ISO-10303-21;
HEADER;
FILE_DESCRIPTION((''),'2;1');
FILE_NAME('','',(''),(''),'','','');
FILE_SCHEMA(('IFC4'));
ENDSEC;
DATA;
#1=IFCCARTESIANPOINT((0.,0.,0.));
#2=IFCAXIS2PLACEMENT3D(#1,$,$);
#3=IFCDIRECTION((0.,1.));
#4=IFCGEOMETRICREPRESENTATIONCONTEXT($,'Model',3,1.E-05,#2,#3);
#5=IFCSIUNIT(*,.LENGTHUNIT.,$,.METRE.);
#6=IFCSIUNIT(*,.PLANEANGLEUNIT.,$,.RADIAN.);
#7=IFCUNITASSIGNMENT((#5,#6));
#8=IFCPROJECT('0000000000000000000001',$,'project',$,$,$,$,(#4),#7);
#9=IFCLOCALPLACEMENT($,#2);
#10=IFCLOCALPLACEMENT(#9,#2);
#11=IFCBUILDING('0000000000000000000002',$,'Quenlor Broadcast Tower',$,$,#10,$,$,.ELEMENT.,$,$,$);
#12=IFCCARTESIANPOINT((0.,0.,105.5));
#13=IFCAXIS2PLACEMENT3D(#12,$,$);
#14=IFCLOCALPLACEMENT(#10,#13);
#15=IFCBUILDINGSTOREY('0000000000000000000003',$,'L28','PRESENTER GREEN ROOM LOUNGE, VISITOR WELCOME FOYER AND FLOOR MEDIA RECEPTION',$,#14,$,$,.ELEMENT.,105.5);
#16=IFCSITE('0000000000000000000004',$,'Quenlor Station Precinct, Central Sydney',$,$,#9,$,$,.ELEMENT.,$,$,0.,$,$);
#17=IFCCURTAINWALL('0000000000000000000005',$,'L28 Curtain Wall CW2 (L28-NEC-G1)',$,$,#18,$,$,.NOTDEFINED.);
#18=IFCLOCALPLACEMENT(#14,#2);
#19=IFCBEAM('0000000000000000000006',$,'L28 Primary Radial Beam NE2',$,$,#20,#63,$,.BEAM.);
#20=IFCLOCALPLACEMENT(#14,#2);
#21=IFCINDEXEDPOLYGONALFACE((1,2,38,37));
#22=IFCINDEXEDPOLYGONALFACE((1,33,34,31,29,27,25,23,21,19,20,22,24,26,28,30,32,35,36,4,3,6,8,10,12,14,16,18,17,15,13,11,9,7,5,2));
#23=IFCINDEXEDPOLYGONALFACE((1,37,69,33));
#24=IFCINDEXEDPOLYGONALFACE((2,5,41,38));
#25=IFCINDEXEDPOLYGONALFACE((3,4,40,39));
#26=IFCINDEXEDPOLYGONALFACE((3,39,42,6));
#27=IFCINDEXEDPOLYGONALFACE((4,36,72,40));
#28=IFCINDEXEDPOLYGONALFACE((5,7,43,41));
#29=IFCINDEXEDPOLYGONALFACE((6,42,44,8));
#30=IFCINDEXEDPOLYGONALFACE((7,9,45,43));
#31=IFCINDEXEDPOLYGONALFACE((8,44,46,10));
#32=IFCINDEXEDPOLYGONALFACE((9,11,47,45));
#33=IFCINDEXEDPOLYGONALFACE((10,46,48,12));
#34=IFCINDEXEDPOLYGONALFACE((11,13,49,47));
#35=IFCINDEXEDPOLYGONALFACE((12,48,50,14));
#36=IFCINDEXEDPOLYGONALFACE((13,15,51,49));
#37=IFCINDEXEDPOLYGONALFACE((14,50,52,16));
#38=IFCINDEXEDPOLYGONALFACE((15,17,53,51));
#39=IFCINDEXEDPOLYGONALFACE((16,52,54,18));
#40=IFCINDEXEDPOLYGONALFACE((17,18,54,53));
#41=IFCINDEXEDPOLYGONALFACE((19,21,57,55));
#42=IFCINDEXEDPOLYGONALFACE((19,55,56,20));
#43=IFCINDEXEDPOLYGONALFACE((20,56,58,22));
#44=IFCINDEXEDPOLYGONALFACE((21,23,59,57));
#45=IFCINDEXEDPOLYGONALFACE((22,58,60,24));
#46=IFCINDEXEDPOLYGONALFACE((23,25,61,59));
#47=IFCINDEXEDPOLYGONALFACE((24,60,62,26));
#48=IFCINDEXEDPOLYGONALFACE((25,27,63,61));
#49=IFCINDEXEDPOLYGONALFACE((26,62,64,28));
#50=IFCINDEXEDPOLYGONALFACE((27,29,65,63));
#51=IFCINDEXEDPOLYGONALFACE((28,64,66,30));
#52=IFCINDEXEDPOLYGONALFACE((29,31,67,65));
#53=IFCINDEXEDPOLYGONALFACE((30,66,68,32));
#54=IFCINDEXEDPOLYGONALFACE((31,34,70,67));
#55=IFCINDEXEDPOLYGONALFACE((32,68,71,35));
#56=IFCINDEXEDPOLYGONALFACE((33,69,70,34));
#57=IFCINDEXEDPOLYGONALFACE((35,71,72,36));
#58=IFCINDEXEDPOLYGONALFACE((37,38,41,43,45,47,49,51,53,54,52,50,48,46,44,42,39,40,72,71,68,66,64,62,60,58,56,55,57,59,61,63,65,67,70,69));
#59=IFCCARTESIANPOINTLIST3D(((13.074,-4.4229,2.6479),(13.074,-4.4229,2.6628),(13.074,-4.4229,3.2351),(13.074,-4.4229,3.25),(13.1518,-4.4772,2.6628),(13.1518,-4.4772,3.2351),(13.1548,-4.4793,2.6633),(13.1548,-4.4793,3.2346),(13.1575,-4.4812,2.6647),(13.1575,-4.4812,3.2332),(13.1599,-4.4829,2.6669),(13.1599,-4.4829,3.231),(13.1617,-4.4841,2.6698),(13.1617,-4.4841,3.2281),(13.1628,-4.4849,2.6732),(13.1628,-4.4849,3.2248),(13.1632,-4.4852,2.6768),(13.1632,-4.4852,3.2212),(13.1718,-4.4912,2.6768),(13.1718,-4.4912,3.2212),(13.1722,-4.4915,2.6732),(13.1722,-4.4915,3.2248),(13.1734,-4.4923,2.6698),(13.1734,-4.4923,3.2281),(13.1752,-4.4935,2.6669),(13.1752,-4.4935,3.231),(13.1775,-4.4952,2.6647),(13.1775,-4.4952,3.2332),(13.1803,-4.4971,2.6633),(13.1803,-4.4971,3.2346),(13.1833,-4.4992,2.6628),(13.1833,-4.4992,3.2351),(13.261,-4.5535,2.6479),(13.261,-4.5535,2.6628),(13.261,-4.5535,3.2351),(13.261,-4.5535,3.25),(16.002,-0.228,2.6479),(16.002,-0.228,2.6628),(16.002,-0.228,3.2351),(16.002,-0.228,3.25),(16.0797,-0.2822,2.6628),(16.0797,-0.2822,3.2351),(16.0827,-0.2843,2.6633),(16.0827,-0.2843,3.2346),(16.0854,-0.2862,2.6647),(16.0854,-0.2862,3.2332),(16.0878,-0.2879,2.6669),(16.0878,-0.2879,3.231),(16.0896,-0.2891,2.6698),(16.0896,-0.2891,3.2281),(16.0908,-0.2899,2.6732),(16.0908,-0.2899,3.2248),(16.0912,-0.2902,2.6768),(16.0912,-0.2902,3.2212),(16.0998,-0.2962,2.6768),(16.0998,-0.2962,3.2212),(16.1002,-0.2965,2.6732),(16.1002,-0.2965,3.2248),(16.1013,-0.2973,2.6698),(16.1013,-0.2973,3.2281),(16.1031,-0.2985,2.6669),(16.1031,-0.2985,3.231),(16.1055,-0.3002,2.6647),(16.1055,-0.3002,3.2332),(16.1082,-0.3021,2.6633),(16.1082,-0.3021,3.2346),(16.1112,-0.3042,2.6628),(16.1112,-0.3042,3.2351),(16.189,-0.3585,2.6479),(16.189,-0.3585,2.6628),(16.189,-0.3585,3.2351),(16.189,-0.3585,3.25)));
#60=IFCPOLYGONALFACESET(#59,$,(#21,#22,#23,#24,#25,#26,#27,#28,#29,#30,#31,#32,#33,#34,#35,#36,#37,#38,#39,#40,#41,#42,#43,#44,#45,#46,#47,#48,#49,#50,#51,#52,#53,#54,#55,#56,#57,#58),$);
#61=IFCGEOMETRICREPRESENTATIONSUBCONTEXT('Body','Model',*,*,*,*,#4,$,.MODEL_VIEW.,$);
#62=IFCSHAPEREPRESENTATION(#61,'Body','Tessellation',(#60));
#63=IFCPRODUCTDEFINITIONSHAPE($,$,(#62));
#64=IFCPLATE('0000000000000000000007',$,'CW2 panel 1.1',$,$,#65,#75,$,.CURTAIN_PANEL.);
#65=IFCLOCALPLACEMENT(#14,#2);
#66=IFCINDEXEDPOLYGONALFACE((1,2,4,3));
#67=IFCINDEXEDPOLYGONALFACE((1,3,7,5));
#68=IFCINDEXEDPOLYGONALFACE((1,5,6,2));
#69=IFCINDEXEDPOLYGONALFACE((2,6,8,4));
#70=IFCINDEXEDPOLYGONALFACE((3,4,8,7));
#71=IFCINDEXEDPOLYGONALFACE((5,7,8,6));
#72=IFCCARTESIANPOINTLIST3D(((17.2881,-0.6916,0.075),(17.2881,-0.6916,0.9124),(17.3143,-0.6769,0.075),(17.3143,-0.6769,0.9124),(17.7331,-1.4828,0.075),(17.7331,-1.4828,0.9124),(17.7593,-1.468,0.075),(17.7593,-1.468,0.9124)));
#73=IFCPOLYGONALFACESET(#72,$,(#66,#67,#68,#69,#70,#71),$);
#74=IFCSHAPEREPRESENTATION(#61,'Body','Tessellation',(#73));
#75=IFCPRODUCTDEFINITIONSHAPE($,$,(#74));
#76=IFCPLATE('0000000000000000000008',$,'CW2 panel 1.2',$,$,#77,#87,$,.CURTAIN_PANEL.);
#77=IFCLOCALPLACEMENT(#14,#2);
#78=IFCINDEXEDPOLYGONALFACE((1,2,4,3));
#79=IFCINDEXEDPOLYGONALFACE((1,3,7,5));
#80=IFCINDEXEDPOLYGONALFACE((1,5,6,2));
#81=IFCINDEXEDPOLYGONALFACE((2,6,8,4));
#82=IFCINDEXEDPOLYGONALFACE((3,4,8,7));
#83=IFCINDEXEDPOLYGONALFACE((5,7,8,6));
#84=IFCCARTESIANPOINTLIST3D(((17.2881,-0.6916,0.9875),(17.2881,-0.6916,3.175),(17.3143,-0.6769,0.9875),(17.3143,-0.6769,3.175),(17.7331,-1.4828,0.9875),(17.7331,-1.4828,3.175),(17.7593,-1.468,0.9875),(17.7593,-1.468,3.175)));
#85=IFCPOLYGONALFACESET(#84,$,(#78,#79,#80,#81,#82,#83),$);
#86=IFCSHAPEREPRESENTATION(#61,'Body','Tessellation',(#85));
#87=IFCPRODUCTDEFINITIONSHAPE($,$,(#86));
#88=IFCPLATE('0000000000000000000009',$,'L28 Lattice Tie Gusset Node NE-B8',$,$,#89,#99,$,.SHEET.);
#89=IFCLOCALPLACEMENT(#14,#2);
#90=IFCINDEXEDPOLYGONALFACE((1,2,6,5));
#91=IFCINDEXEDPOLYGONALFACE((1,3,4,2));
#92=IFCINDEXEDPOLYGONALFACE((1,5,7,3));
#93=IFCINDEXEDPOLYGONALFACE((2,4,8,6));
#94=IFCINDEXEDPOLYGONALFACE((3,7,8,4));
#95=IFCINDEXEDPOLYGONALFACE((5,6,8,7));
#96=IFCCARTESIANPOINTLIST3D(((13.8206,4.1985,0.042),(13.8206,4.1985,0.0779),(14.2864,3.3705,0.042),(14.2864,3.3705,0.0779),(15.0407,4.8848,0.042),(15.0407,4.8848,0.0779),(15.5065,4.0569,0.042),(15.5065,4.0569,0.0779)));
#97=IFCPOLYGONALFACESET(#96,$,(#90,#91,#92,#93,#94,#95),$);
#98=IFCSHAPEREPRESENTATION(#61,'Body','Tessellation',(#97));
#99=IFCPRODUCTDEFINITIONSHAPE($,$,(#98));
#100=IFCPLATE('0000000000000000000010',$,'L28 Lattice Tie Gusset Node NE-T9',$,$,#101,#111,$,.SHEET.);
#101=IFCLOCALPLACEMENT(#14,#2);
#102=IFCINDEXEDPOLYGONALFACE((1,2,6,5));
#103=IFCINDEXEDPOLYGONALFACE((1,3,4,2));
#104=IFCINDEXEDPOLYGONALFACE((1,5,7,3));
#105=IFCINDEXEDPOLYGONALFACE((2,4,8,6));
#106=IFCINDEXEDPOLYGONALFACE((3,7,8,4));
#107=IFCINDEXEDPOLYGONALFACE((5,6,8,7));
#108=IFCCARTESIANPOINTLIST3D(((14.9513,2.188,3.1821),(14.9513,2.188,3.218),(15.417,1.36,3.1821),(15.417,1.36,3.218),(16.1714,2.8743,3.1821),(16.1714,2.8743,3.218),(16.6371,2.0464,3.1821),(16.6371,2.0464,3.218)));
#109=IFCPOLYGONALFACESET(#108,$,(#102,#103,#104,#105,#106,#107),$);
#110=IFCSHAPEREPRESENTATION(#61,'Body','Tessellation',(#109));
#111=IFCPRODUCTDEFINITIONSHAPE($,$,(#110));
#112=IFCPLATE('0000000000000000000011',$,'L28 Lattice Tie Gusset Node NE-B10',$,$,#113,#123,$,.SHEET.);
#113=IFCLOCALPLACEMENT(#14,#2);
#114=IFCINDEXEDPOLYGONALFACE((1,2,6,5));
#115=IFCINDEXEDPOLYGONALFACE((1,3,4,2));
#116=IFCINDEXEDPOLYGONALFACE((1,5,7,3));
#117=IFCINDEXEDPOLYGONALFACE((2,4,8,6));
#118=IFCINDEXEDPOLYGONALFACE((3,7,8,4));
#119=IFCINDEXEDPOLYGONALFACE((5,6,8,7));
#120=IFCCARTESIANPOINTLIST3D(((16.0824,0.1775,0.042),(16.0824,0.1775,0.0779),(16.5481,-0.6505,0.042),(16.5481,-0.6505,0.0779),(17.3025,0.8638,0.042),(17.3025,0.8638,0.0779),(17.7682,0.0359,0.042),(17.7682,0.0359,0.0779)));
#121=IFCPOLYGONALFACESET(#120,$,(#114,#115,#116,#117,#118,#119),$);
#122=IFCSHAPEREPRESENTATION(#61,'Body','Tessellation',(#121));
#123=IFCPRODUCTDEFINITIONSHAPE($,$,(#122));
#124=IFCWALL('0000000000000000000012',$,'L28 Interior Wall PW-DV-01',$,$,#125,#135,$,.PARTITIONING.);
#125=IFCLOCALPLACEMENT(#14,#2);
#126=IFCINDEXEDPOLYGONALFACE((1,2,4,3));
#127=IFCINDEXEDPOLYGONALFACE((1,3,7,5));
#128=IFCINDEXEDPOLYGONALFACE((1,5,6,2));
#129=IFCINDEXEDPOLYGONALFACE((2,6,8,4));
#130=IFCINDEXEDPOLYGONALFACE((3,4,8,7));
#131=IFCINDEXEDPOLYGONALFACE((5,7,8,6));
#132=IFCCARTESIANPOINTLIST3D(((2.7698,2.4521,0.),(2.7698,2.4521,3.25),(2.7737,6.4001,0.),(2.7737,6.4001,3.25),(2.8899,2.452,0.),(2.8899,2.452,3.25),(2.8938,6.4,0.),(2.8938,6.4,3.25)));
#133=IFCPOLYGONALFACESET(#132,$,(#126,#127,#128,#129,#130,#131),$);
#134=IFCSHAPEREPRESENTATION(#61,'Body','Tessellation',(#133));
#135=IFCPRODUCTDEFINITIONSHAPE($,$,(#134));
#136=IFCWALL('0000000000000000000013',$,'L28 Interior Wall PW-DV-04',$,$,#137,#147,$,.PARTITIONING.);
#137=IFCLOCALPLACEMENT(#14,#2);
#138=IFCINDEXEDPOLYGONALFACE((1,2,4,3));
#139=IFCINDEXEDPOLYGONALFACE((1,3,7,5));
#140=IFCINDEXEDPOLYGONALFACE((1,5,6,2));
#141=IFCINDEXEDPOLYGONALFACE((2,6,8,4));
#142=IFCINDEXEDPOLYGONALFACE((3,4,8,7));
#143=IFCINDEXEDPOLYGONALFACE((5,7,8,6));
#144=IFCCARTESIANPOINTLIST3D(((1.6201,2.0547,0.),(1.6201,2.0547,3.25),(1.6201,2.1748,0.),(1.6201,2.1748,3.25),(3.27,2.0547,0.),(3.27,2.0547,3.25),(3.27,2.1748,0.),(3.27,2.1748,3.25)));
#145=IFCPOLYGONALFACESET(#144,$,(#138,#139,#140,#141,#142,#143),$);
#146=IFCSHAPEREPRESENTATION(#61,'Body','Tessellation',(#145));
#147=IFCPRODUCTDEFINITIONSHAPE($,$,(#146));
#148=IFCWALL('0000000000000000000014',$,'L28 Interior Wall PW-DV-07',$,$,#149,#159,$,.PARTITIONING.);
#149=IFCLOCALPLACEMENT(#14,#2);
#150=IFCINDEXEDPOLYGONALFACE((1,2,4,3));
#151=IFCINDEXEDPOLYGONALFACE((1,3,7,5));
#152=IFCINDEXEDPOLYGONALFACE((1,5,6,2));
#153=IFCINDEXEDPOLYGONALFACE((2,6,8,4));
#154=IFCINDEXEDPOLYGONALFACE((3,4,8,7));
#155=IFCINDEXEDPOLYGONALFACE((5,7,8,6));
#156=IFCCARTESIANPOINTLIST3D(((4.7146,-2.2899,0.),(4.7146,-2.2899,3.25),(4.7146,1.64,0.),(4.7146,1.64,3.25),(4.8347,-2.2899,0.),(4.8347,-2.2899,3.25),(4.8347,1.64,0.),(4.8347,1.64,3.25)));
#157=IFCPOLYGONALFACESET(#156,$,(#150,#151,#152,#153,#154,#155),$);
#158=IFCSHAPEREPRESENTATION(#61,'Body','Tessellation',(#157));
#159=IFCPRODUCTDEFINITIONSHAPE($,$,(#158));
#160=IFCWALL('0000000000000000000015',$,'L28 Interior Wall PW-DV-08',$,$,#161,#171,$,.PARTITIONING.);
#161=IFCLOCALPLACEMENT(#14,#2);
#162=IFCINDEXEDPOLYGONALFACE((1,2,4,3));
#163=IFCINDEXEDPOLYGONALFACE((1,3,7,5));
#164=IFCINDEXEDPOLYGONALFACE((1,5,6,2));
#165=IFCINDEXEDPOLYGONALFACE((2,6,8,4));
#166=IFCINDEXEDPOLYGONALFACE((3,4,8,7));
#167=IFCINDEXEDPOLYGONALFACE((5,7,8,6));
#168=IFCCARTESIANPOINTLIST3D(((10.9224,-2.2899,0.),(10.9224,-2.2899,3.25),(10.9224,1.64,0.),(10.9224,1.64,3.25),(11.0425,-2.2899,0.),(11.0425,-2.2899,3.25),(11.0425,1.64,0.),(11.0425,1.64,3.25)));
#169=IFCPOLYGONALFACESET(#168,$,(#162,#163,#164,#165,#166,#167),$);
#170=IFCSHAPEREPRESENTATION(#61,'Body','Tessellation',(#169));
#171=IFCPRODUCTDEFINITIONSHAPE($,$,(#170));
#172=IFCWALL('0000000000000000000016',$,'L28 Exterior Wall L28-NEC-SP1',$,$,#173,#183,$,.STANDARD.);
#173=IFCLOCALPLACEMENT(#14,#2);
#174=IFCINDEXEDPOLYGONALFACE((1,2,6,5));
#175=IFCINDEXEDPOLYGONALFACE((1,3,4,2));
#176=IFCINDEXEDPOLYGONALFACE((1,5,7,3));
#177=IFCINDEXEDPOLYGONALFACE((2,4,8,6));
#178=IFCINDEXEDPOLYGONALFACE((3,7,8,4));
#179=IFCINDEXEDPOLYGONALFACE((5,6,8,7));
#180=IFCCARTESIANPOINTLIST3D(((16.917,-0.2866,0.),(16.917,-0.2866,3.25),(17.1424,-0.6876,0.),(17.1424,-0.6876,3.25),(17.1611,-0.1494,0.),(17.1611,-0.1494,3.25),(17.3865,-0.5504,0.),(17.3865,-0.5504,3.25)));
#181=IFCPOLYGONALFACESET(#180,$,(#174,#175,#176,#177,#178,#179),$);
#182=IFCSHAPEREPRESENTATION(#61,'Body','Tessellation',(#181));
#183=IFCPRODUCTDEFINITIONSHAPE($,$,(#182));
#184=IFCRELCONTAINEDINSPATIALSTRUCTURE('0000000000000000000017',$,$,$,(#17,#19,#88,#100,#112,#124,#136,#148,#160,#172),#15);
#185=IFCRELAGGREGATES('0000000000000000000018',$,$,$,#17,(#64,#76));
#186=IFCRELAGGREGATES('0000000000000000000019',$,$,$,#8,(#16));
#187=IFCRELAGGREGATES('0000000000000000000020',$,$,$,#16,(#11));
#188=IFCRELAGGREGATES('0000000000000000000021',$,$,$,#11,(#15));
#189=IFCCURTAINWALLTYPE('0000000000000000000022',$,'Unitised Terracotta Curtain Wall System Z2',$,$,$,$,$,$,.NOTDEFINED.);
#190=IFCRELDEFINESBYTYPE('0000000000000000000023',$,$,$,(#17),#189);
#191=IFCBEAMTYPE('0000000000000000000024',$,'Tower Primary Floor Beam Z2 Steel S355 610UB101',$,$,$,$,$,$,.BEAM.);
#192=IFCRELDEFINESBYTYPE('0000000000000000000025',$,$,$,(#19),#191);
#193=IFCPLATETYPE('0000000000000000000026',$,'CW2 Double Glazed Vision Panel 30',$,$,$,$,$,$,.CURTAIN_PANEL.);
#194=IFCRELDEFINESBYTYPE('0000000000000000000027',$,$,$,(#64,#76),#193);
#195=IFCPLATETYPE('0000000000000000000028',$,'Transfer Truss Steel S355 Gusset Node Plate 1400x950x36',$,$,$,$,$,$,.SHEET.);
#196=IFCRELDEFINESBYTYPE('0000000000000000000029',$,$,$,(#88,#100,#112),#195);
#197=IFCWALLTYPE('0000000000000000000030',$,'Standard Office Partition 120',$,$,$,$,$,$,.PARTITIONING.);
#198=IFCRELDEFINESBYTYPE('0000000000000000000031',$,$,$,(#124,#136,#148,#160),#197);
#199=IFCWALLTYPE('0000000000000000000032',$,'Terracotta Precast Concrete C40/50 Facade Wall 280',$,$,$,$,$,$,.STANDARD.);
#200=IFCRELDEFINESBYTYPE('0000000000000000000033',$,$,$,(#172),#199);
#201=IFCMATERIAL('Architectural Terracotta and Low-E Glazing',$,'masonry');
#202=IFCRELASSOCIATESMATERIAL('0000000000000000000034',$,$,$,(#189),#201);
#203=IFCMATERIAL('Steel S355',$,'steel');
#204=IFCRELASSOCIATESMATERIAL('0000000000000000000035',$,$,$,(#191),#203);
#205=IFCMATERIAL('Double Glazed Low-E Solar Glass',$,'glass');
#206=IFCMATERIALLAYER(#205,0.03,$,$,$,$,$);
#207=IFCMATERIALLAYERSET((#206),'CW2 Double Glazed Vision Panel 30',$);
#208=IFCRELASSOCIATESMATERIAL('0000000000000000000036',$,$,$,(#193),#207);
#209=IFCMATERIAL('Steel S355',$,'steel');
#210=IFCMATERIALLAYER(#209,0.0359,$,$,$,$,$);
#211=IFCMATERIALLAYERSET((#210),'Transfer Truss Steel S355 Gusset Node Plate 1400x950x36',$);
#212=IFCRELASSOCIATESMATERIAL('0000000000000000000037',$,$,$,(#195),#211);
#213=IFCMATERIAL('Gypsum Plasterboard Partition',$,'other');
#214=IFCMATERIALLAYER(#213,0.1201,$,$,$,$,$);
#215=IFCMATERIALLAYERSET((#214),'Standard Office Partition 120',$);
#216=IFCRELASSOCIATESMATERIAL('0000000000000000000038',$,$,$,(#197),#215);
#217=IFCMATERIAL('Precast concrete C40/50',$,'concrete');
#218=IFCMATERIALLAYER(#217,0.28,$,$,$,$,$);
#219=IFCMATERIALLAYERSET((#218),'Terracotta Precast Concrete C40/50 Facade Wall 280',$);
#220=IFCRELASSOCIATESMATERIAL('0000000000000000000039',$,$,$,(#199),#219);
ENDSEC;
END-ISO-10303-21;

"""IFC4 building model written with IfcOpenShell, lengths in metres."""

from ifc_helpers import new_model, si_unit, direction, frame, frame_2d, origin, origin_2d, place, context, subcontext, project, spatial, rectangle, i_section, extrude, material, layer, layer_set, material_profile, profile_set, type_object, element, aggregate, save


model = new_model("IFC4")

# Units and contexts
model_context = context("Model", 3, precision=1e-05, world=origin(), true_north=direction((0.0, 1.0)))
body_context = subcontext(model_context, "Body", "Model", "MODEL_VIEW")
ifc_project = project(units=[si_unit("LENGTHUNIT", "METRE"), si_unit("PLANEANGLEUNIT", "RADIAN")], contexts=[model_context])

# Site, building, storey
site_placement = place(None, origin())
site = spatial("IfcSite", under=ifc_project, at=site_placement, Name="Quenlor Station Precinct, Central Sydney", CompositionType="ELEMENT", RefElevation=0.0)
building_placement = place(site_placement, origin())
building = spatial("IfcBuilding", under=site, at=building_placement, Name="Quenlor Broadcast Tower", CompositionType="ELEMENT")
storey_placement = place(building_placement, frame((0.0, 0.0, 105.5)))
storey = spatial("IfcBuildingStorey", under=building, at=storey_placement, Name="L28", Description="PRESENTER GREEN ROOM LOUNGE, VISITOR WELCOME FOYER AND FLOOR MEDIA RECEPTION", CompositionType="ELEMENT", Elevation=105.5)

# Curtain wall
ifc_material_1 = material(Name="Architectural Terracotta and Low-E Glazing", Category="masonry")
curtain_wall_type = type_object("IfcCurtainWallType", Name="Unitised Terracotta Curtain Wall System Z2", PredefinedType="NOTDEFINED", material=ifc_material_1)
curtain_wall_placement = place(storey_placement, origin())
curtain_wall = element("IfcCurtainWall", 1, at=curtain_wall_placement, inside=storey, type_object=curtain_wall_type, Name="L28 Curtain Wall CW2 (L28-NEC-G1)", PredefinedType="NOTDEFINED")

# Beam
ifc_material_2 = material(Name="Steel S355", Category="steel")
ifc_material_profile_1 = material_profile(ifc_material_2, i_section(OverallWidth=0.228, OverallDepth=0.6021, WebThickness=0.0105, FlangeThickness=0.0149, FilletRadius=0.0139, at=origin_2d()))
ifc_profile_set_1 = profile_set([ifc_material_profile_1], Name="Steel S355 610UB101")
beam_type_1 = type_object("IfcBeamType", Name="Tower Primary Floor Beam Z2 Steel S355 610UB101", PredefinedType="BEAM", material=ifc_profile_set_1)
beam_1_placement = place(storey_placement, frame((16.0955, -0.2932, 2.949), z_axis=(-0.572338, -0.820018, 0.0), x_axis=(0.820018, -0.572338, 0.0)))
element("IfcBeam", 2, at=beam_1_placement, inside=storey, type_object=beam_type_1, Name="L28 Primary Radial Beam NE2", PredefinedType="BEAM", context=body_context, shape_type="SweptSolid", body=[
    extrude(i_section(OverallWidth=0.228, OverallDepth=0.6021, WebThickness=0.0105, FlangeThickness=0.0149, FilletRadius=0.0139, at=origin_2d()), origin(), (0.0, 0.0, 1.0), 5.1157),
])

# Plates
ifc_material_3 = material(Name="Double Glazed Low-E Solar Glass", Category="glass")
ifc_layer_1 = layer(ifc_material_3, 0.03)
ifc_layer_set_1 = layer_set([ifc_layer_1], Name="CW2 Double Glazed Vision Panel 30")
plate_type_1 = type_object("IfcPlateType", Name="CW2 Double Glazed Vision Panel 30", PredefinedType="CURTAIN_PANEL", material=ifc_layer_set_1)
plate_1_placement = place(storey_placement, frame((17.5237, -1.0798, 0.075), z_axis=(0.0, 0.0, 1.0), x_axis=(0.490252, -0.871581, 0.0)))
plate_1 = element("IfcPlate", 3, at=plate_1_placement, type_object=plate_type_1, Name="CW2 panel 1.1", PredefinedType="CURTAIN_PANEL", context=body_context, shape_type="SweptSolid", body=[
    extrude(rectangle(XDim=0.9077, YDim=0.03, at=origin_2d()), origin(), (0.0, 0.0, 1.0), 0.8374),
])
plate_2_placement = place(storey_placement, frame((17.5237, -1.0798, 0.9875), z_axis=(0.0, 0.0, 1.0), x_axis=(0.490252, -0.871581, 0.0)))
plate_2 = element("IfcPlate", 4, at=plate_2_placement, type_object=plate_type_1, Name="CW2 panel 1.2", PredefinedType="CURTAIN_PANEL", context=body_context, shape_type="SweptSolid", body=[
    extrude(rectangle(XDim=0.9077, YDim=0.03, at=origin_2d()), origin(), (0.0, 0.0, 1.0), 2.1875),
])
aggregate(curtain_wall, [plate_1, plate_2])

# Plates
ifc_material_4 = material(Name="Steel S355", Category="steel")
ifc_layer_2 = layer(ifc_material_4, 0.0359)
ifc_layer_set_2 = layer_set([ifc_layer_2], Name="Transfer Truss Steel S355 Gusset Node Plate 1400x950x36")
plate_type_2 = type_object("IfcPlateType", Name="Transfer Truss Steel S355 Gusset Node Plate 1400x950x36", PredefinedType="SHEET", material=ifc_layer_set_2)
for number, where, z_axis, x_axis, name in (
    (5, (14.6636, 4.1277, 0.042), (0.0, 0.0, 1.0), (0.871556, 0.490295, 0.0), "L28 Lattice Tie Gusset Node NE-B8"),
    (6, (15.7942, 2.1172, 3.1821), (0.0, 0.0, 1.0), (0.871556, 0.490295, 0.0), "L28 Lattice Tie Gusset Node NE-T9"),
    (7, (16.9253, 0.1067, 0.042), (0.0, 0.0, 1.0), (0.871556, 0.490295, 0.0), "L28 Lattice Tie Gusset Node NE-B10"),
):
    element("IfcPlate", number, at=place(storey_placement, frame(where, z_axis=z_axis, x_axis=x_axis)), inside=storey, type_object=plate_type_2, Name=name, PredefinedType="SHEET", context=body_context, shape_type="SweptSolid", body=[
        extrude(rectangle(XDim=1.3999, YDim=0.95, at=origin_2d()), origin(), (0.0, 0.0, 1.0), 0.0359),
    ])

# Walls
ifc_material_5 = material(Name="Gypsum Plasterboard Partition", Category="other")
ifc_layer_3 = layer(ifc_material_5, 0.1201)
ifc_layer_set_3 = layer_set([ifc_layer_3], Name="Standard Office Partition 120")
wall_type_1 = type_object("IfcWallType", Name="Standard Office Partition 120", PredefinedType="PARTITIONING", material=ifc_layer_set_3)
wall_1_placement = place(storey_placement, frame((2.8298, 2.4519, 0.0), z_axis=(0.0, 0.0, 1.0), x_axis=(0.000989, 1.0, 0.0)))
element("IfcWall", 8, at=wall_1_placement, inside=storey, type_object=wall_type_1, Name="L28 Interior Wall PW-DV-01", PredefinedType="PARTITIONING", context=body_context, shape_type="SweptSolid", body=[
    extrude(rectangle(XDim=3.948, YDim=0.1201, at=frame_2d((1.9741, 0.0))), origin(), (0.0, 0.0, 1.0), 3.25),
])
wall_2_placement = place(storey_placement, frame((3.27, 2.1147, 0.0), z_axis=(0.0, 0.0, 1.0), x_axis=(-1.0, 0.0, 0.0)))
element("IfcWall", 9, at=wall_2_placement, inside=storey, type_object=wall_type_1, Name="L28 Interior Wall PW-DV-04", PredefinedType="PARTITIONING", context=body_context, shape_type="SweptSolid", body=[
    extrude(rectangle(XDim=1.6499, YDim=0.1201, at=frame_2d((0.825, 0.0))), origin(), (0.0, 0.0, 1.0), 3.25),
])
for number, where, z_axis, x_axis, name in (
    (10, (4.7747, 1.6399, 0.0), (0.0, 0.0, 1.0), (0.0, -1.0, 0.0), "L28 Interior Wall PW-DV-07"),
    (11, (10.9824, 1.6399, 0.0), (0.0, 0.0, 1.0), (0.0, -1.0, 0.0), "L28 Interior Wall PW-DV-08"),
):
    element("IfcWall", number, at=place(storey_placement, frame(where, z_axis=z_axis, x_axis=x_axis)), inside=storey, type_object=wall_type_1, Name=name, PredefinedType="PARTITIONING", context=body_context, shape_type="SweptSolid", body=[
        extrude(rectangle(XDim=3.9299, YDim=0.1201, at=frame_2d((1.9648, 0.0))), origin(), (0.0, 0.0, 1.0), 3.25),
    ])
ifc_material_6 = material(Name="Precast concrete C40/50", Category="concrete")
ifc_layer_4 = layer(ifc_material_6, 0.28)
ifc_layer_set_4 = layer_set([ifc_layer_4], Name="Terracotta Precast Concrete C40/50 Facade Wall 280")
wall_type_2 = type_object("IfcWallType", Name="Terracotta Precast Concrete C40/50 Facade Wall 280", PredefinedType="STANDARD", material=ifc_layer_set_4)
wall_3_placement = place(storey_placement, frame((17.0391, -0.218, 0.0), z_axis=(0.0, 0.0, 1.0), x_axis=(0.490009, -0.871717, 0.0)))
element("IfcWall", 12, at=wall_3_placement, inside=storey, type_object=wall_type_2, Name="L28 Exterior Wall L28-NEC-SP1", PredefinedType="STANDARD", context=body_context, shape_type="SweptSolid", body=[
    extrude(rectangle(XDim=0.46, YDim=0.28, at=frame_2d((0.23, 0.0))), origin(), (0.0, 0.0, 1.0), 3.25),
])

save(model, "model.ifc")
